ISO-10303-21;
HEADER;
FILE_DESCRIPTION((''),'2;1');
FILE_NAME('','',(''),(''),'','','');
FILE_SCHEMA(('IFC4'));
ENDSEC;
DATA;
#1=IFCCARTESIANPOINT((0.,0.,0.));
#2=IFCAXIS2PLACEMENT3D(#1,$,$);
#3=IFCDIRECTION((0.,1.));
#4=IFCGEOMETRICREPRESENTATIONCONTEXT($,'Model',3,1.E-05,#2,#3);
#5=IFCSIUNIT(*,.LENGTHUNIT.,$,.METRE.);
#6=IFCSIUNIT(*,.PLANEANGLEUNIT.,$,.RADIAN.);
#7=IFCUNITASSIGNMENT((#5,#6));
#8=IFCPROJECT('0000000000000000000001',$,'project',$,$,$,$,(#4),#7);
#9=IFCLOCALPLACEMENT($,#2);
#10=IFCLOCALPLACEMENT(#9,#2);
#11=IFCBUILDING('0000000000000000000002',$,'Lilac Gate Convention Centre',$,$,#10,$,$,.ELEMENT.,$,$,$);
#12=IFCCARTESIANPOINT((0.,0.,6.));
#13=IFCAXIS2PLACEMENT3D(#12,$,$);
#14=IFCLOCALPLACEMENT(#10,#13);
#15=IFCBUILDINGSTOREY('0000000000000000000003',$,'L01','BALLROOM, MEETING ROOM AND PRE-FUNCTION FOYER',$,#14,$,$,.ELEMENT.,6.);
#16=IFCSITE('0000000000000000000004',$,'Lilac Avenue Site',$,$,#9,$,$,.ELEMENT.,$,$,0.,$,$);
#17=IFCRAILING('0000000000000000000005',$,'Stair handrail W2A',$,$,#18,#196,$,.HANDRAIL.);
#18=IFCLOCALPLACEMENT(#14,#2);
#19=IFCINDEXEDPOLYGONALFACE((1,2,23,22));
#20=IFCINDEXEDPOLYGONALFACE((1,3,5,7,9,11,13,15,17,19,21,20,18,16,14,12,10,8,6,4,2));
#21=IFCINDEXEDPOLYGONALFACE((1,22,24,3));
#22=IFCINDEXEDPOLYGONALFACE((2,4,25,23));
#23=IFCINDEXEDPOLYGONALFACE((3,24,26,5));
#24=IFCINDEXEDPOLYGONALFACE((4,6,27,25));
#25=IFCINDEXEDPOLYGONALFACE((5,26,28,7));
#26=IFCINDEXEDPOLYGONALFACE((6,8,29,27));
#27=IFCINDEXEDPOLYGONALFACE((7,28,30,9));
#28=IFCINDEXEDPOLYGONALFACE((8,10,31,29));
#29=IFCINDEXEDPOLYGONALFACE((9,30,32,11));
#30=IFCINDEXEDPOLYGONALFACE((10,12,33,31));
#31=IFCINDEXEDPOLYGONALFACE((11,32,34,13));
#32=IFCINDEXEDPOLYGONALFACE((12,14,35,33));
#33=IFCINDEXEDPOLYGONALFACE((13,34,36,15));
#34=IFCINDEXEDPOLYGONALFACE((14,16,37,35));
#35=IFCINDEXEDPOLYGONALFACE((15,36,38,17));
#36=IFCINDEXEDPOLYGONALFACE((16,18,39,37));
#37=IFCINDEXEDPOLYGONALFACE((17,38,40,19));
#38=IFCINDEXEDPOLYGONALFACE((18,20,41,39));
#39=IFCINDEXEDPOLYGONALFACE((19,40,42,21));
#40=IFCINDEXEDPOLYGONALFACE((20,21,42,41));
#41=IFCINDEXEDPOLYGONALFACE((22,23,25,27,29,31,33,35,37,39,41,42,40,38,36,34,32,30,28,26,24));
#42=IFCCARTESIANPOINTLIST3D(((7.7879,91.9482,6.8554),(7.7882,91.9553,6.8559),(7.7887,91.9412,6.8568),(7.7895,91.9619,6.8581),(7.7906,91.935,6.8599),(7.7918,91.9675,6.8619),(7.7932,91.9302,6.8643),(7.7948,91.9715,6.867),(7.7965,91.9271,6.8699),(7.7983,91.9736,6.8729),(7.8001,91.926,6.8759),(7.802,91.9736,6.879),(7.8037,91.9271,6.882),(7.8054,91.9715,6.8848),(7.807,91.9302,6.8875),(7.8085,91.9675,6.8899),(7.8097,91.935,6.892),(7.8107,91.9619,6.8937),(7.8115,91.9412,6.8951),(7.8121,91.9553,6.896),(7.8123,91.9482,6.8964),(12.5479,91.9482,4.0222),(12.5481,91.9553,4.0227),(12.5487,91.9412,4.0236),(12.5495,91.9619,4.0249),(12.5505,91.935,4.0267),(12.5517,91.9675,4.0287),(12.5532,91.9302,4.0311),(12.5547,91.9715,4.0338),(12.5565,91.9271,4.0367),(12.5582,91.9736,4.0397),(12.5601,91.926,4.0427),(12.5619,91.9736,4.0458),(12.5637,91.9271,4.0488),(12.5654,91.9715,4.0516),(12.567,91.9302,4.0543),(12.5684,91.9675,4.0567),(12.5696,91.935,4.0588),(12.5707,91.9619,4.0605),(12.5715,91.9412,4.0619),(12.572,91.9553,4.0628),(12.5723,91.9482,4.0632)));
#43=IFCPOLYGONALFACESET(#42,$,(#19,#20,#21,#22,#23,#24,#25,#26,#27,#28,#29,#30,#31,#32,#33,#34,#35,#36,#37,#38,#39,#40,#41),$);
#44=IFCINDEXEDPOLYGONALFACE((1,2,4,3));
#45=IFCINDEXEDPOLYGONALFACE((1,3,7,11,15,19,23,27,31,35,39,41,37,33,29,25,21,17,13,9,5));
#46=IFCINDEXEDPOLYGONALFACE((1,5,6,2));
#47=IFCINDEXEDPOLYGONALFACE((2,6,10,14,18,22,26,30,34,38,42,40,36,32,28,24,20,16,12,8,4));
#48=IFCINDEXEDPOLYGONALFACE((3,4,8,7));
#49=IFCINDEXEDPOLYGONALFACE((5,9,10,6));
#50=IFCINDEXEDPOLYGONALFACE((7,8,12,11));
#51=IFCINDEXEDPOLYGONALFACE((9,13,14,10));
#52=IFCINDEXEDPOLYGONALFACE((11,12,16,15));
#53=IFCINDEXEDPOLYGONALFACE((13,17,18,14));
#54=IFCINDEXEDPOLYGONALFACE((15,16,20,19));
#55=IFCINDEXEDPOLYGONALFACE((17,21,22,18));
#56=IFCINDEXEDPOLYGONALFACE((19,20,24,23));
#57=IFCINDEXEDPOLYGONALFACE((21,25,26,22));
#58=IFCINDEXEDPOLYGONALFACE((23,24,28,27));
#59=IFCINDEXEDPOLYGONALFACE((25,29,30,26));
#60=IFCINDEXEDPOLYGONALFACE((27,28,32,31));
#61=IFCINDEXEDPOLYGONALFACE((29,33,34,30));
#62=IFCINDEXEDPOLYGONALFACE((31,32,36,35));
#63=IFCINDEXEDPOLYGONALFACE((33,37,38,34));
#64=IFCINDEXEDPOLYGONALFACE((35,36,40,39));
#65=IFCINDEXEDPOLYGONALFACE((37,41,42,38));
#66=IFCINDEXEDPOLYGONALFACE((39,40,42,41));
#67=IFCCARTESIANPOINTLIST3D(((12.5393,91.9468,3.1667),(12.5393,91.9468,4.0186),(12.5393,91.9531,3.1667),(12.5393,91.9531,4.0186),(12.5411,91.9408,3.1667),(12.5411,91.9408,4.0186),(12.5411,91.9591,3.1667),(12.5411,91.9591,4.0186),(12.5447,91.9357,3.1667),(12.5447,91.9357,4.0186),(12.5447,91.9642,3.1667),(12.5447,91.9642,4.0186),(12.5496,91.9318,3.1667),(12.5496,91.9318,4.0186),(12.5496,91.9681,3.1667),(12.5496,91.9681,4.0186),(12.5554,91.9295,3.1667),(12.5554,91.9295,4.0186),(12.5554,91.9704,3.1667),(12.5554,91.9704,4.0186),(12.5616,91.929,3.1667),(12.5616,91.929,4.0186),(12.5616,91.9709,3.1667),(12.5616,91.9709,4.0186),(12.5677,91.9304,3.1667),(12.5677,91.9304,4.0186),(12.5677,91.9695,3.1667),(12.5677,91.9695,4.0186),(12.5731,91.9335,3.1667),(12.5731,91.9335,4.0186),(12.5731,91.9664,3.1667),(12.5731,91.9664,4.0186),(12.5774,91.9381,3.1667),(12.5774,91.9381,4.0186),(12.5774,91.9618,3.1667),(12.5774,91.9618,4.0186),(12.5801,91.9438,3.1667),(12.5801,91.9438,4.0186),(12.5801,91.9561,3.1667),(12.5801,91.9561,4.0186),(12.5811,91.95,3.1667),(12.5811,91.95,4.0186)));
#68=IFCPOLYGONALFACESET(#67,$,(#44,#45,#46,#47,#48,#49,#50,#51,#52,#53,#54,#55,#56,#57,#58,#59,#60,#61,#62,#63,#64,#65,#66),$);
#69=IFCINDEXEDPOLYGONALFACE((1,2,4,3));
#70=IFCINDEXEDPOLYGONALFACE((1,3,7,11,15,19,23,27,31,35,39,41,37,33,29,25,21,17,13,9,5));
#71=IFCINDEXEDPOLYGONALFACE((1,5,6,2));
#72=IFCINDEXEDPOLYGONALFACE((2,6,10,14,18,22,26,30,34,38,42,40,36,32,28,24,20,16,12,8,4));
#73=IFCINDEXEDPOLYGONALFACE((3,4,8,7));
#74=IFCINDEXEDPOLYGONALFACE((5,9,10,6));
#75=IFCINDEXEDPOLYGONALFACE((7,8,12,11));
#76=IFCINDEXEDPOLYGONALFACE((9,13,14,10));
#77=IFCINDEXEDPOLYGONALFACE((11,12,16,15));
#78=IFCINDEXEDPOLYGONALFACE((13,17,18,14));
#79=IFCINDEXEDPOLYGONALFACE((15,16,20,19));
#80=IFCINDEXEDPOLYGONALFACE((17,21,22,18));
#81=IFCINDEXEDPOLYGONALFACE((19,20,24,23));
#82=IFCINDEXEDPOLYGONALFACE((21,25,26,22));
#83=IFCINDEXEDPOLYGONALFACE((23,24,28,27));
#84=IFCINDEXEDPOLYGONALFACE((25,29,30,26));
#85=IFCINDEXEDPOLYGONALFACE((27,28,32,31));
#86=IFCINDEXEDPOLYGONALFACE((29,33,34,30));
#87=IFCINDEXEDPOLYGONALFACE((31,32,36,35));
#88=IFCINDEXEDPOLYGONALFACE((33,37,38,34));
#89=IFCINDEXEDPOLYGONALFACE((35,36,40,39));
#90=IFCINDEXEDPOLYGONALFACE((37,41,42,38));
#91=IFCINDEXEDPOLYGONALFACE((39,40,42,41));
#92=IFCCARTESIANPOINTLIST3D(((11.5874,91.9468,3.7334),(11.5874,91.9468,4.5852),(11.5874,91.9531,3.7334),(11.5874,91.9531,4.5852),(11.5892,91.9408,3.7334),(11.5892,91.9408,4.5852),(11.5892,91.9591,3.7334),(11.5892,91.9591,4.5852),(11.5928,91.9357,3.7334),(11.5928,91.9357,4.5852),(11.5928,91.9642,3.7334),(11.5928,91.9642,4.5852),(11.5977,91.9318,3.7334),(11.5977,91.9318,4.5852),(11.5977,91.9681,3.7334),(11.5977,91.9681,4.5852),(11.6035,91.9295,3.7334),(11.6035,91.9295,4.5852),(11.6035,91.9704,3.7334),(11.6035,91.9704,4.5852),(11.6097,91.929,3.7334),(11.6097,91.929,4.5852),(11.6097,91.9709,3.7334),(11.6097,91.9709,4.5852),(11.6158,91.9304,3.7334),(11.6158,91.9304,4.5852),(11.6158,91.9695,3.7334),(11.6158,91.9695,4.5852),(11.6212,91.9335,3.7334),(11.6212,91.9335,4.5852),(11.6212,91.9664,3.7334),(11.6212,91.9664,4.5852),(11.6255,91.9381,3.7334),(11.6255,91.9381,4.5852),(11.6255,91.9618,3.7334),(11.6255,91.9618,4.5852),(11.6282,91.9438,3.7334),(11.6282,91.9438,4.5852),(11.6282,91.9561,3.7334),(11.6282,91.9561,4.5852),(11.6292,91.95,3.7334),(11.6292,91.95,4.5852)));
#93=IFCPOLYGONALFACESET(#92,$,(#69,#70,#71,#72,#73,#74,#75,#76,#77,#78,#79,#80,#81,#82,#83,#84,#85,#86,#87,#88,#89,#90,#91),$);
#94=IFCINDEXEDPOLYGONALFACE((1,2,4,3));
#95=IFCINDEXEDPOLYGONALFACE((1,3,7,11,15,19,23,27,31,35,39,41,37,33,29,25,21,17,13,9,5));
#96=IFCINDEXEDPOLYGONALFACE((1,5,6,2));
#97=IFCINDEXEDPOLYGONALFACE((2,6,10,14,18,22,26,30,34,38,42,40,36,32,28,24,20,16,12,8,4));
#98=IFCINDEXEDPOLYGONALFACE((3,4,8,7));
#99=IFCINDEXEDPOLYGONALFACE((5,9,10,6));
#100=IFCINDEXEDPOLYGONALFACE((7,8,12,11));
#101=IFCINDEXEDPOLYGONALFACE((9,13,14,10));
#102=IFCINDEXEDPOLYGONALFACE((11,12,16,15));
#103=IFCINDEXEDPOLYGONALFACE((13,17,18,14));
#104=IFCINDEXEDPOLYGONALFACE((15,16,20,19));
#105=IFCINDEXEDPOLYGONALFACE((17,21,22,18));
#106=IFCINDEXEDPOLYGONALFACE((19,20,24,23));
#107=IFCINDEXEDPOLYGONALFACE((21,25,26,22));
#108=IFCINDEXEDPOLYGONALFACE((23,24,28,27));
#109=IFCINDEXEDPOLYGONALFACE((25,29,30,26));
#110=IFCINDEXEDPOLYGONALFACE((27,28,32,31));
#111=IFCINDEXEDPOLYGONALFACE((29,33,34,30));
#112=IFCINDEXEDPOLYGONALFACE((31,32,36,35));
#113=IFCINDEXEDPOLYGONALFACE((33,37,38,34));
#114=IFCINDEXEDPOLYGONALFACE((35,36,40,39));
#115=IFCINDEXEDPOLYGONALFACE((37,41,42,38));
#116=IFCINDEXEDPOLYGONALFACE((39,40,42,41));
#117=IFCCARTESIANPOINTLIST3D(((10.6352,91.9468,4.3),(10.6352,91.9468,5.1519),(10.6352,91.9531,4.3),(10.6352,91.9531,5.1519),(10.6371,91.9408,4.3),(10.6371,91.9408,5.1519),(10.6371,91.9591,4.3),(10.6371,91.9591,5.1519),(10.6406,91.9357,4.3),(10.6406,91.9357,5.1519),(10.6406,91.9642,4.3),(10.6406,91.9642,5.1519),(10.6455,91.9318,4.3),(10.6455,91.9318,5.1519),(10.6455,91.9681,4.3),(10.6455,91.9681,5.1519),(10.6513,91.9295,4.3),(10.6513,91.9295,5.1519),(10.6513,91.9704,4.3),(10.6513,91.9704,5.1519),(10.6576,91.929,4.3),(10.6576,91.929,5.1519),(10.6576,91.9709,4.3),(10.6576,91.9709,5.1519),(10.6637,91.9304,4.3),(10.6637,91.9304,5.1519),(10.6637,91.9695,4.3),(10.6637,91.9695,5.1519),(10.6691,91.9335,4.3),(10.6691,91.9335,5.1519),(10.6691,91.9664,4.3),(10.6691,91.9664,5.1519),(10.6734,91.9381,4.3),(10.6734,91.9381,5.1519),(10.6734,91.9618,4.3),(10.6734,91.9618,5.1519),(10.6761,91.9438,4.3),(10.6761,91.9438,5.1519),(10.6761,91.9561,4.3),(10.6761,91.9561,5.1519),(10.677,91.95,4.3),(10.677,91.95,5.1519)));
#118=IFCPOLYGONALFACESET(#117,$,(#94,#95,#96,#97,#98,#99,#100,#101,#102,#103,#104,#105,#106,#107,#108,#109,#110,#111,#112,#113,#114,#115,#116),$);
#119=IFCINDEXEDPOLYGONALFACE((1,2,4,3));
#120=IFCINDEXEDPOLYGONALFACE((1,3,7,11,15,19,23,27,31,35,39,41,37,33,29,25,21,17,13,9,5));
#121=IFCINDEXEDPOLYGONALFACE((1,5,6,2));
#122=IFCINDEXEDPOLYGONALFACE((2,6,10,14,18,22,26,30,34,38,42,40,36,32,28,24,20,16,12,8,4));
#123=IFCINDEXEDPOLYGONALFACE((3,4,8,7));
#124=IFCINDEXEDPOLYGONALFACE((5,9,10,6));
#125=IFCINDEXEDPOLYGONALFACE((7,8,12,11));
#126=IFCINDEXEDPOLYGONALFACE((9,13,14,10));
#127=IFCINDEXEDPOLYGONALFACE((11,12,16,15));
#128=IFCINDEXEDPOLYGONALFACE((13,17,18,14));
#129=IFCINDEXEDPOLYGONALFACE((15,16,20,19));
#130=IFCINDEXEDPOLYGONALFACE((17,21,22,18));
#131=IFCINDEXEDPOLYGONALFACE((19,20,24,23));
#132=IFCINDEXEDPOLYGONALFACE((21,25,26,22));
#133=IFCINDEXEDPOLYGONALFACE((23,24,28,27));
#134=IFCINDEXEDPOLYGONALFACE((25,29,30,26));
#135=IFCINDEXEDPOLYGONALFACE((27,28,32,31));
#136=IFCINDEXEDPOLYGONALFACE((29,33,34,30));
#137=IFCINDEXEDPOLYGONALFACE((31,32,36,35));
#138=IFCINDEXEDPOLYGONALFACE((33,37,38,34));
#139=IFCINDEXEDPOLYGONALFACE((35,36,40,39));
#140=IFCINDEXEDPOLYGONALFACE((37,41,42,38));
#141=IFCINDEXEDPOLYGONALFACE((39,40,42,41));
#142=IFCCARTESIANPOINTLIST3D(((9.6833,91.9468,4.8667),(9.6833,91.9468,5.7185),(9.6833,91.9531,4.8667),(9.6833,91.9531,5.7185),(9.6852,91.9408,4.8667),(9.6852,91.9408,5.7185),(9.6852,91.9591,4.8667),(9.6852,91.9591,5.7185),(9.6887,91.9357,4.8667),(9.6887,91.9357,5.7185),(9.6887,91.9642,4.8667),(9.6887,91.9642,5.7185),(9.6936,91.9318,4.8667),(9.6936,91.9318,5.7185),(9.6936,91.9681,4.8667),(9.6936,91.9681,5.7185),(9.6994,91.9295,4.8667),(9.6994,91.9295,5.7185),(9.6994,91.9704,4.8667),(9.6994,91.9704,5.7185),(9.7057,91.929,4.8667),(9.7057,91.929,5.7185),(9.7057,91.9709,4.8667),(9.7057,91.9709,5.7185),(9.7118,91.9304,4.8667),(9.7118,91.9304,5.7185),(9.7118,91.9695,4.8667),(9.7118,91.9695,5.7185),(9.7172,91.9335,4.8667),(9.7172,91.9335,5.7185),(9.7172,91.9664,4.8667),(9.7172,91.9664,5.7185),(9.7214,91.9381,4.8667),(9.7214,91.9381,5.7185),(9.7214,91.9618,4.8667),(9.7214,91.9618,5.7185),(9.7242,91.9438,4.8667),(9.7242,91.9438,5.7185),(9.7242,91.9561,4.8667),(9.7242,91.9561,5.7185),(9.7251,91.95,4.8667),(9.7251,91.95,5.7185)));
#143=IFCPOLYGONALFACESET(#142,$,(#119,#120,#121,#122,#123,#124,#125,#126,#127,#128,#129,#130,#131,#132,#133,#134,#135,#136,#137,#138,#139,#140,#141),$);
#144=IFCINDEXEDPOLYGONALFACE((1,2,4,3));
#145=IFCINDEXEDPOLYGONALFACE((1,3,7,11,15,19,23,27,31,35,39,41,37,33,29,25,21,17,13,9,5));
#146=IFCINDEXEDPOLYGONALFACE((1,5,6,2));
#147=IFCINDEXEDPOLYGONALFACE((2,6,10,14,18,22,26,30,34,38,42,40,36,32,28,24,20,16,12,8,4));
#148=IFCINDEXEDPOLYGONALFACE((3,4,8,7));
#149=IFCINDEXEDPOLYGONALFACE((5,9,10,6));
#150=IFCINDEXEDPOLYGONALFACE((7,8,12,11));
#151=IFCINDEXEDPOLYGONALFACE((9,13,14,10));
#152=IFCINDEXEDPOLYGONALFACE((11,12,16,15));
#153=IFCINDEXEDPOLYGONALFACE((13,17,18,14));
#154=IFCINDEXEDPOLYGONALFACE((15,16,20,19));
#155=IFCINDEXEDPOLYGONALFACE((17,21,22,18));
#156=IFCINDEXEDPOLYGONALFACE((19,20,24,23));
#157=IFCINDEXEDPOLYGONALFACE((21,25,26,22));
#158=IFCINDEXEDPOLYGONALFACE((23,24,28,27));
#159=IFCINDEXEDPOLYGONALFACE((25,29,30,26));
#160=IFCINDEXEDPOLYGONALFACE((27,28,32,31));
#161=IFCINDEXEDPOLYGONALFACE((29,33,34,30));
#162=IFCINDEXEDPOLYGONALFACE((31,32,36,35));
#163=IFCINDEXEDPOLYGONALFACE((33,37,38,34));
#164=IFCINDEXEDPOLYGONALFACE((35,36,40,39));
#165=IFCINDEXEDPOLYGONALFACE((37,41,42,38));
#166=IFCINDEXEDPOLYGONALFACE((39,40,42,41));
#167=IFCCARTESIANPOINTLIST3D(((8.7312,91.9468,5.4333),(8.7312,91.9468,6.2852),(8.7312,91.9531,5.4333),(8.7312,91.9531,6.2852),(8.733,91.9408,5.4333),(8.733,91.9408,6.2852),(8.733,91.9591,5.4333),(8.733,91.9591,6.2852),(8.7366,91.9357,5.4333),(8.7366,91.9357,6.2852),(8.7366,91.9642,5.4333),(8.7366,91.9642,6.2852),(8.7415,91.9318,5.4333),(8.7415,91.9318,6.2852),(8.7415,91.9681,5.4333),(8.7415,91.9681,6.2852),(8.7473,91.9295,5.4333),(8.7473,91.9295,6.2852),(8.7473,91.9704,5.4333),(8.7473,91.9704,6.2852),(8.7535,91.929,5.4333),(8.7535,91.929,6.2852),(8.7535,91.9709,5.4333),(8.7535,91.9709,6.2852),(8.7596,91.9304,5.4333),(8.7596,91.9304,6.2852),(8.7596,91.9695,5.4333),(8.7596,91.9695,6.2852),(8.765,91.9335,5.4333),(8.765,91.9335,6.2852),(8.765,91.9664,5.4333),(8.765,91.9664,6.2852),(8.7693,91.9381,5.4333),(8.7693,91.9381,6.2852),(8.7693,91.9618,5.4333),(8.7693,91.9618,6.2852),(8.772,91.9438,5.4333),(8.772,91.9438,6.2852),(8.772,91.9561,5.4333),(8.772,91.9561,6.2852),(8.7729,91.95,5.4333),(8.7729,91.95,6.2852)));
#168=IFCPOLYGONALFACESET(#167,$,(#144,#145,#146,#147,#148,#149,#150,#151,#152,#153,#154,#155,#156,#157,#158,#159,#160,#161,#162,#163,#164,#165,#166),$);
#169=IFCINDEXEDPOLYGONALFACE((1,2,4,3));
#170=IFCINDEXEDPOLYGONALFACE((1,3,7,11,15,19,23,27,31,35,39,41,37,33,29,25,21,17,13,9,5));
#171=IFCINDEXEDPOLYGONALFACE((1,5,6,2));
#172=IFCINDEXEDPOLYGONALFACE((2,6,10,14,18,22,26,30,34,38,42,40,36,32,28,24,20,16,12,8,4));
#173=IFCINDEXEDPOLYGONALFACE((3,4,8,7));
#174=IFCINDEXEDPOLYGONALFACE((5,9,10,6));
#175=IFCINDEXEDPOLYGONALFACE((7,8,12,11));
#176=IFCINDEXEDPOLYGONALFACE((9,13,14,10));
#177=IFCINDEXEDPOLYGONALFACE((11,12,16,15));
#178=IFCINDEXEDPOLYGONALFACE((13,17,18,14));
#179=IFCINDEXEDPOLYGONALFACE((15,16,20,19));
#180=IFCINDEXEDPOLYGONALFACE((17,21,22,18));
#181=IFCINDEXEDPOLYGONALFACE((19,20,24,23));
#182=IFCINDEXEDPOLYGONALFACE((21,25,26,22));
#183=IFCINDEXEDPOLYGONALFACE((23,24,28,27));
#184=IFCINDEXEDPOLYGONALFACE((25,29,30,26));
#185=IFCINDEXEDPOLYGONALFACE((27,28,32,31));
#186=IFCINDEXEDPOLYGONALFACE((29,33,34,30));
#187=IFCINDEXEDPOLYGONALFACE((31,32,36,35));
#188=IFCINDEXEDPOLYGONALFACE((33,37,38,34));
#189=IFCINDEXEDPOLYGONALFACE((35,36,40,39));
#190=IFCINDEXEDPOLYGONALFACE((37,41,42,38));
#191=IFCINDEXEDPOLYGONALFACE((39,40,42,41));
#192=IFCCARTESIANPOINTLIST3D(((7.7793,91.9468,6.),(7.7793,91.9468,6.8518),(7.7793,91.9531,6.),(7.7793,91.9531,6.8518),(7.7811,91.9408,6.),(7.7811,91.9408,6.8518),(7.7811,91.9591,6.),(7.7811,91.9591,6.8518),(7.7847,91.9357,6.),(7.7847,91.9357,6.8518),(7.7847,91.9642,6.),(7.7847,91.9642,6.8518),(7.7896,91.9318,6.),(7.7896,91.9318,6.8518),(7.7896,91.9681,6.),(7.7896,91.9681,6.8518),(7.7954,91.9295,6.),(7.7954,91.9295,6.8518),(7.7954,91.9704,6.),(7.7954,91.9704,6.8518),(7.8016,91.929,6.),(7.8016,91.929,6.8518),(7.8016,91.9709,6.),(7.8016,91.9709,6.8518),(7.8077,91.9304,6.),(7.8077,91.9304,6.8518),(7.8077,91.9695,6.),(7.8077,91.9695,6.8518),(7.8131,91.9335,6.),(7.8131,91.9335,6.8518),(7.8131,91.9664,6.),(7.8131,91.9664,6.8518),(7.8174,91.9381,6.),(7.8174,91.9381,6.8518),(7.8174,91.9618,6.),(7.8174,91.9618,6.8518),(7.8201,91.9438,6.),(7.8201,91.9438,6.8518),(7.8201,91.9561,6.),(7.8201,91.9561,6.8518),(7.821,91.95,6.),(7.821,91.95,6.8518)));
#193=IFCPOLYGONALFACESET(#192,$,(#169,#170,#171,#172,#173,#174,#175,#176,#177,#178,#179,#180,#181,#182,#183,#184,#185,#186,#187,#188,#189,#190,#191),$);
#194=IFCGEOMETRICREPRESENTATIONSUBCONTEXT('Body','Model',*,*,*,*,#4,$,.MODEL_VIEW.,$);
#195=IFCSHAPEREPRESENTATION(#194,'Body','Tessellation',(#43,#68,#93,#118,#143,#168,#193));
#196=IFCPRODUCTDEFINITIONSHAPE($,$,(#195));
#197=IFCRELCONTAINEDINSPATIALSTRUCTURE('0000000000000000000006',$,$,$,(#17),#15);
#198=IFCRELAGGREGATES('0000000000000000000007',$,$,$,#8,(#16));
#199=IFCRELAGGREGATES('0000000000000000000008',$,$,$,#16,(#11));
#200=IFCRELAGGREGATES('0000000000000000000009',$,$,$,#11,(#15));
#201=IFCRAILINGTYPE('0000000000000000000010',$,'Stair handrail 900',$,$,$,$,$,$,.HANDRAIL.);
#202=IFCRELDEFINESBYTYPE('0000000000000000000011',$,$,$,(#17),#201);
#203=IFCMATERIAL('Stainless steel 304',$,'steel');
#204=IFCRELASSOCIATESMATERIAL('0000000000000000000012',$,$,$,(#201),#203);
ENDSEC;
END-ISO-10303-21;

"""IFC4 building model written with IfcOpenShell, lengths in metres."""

from ifc_helpers import new_model, si_unit, direction, frame, origin, origin_2d, place, context, subcontext, project, spatial, circle, extrude, material, type_object, element, save


model = new_model("IFC4")

# Units and contexts
model_context = context("Model", 3, precision=1e-05, world=origin(), true_north=direction((0.0, 1.0)))
body_context = subcontext(model_context, "Body", "Model", "MODEL_VIEW")
ifc_project = project(units=[si_unit("LENGTHUNIT", "METRE"), si_unit("PLANEANGLEUNIT", "RADIAN")], contexts=[model_context])

# Site, building, storey
site_placement = place(None, origin())
site = spatial("IfcSite", under=ifc_project, at=site_placement, Name="Lilac Avenue Site", CompositionType="ELEMENT", RefElevation=0.0)
building_placement = place(site_placement, origin())
building = spatial("IfcBuilding", under=site, at=building_placement, Name="Lilac Gate Convention Centre", CompositionType="ELEMENT")
storey_placement = place(building_placement, frame((0.0, 0.0, 6.0)))
storey = spatial("IfcBuildingStorey", under=building, at=storey_placement, Name="L01", Description="BALLROOM, MEETING ROOM AND PRE-FUNCTION FOYER", CompositionType="ELEMENT", Elevation=6.0)

# Railing
ifc_material_1 = material(Name="Stainless steel 304", Category="steel")
railing_type = type_object("IfcRailingType", Name="Stair handrail 900", PredefinedType="HANDRAIL", material=ifc_material_1)
for number, where, name in (
    (1, (12.5601, 91.95, 3.1667), "Stair handrail W2A"),
):
    element("IfcRailing", number, at=place(storey_placement, frame(where)), inside=storey, type_object=railing_type, Name=name, PredefinedType="HANDRAIL", context=body_context, shape_type="SweptSolid", body=[
        extrude(circle(Radius=0.0239, at=origin_2d()), frame((0.0, 0.0, 0.876), z_axis=(-0.8593, 0.0, 0.511472), x_axis=(0.0, -1.0, 0.0)), (0.0, 0.0, 1.0), 5.5393),
        extrude(circle(Radius=0.021, at=origin_2d()), origin(), (0.0, 0.0, 1.0), 0.8518),
        extrude(circle(Radius=0.021, at=origin_2d()), frame((-0.9519, 0.0, 0.5667)), (0.0, 0.0, 1.0), 0.8518),
        extrude(circle(Radius=0.021, at=origin_2d()), frame((-1.9041, 0.0, 1.1333)), (0.0, 0.0, 1.0), 0.8518),
        extrude(circle(Radius=0.021, at=origin_2d()), frame((-2.856, 0.0, 1.7)), (0.0, 0.0, 1.0), 0.8518),
        extrude(circle(Radius=0.021, at=origin_2d()), frame((-3.8081, 0.0, 2.2666)), (0.0, 0.0, 1.0), 0.8518),
        extrude(circle(Radius=0.021, at=origin_2d()), frame((-4.76, 0.0, 2.8333)), (0.0, 0.0, 1.0), 0.8518),
    ])

save(model, "model.ifc")
